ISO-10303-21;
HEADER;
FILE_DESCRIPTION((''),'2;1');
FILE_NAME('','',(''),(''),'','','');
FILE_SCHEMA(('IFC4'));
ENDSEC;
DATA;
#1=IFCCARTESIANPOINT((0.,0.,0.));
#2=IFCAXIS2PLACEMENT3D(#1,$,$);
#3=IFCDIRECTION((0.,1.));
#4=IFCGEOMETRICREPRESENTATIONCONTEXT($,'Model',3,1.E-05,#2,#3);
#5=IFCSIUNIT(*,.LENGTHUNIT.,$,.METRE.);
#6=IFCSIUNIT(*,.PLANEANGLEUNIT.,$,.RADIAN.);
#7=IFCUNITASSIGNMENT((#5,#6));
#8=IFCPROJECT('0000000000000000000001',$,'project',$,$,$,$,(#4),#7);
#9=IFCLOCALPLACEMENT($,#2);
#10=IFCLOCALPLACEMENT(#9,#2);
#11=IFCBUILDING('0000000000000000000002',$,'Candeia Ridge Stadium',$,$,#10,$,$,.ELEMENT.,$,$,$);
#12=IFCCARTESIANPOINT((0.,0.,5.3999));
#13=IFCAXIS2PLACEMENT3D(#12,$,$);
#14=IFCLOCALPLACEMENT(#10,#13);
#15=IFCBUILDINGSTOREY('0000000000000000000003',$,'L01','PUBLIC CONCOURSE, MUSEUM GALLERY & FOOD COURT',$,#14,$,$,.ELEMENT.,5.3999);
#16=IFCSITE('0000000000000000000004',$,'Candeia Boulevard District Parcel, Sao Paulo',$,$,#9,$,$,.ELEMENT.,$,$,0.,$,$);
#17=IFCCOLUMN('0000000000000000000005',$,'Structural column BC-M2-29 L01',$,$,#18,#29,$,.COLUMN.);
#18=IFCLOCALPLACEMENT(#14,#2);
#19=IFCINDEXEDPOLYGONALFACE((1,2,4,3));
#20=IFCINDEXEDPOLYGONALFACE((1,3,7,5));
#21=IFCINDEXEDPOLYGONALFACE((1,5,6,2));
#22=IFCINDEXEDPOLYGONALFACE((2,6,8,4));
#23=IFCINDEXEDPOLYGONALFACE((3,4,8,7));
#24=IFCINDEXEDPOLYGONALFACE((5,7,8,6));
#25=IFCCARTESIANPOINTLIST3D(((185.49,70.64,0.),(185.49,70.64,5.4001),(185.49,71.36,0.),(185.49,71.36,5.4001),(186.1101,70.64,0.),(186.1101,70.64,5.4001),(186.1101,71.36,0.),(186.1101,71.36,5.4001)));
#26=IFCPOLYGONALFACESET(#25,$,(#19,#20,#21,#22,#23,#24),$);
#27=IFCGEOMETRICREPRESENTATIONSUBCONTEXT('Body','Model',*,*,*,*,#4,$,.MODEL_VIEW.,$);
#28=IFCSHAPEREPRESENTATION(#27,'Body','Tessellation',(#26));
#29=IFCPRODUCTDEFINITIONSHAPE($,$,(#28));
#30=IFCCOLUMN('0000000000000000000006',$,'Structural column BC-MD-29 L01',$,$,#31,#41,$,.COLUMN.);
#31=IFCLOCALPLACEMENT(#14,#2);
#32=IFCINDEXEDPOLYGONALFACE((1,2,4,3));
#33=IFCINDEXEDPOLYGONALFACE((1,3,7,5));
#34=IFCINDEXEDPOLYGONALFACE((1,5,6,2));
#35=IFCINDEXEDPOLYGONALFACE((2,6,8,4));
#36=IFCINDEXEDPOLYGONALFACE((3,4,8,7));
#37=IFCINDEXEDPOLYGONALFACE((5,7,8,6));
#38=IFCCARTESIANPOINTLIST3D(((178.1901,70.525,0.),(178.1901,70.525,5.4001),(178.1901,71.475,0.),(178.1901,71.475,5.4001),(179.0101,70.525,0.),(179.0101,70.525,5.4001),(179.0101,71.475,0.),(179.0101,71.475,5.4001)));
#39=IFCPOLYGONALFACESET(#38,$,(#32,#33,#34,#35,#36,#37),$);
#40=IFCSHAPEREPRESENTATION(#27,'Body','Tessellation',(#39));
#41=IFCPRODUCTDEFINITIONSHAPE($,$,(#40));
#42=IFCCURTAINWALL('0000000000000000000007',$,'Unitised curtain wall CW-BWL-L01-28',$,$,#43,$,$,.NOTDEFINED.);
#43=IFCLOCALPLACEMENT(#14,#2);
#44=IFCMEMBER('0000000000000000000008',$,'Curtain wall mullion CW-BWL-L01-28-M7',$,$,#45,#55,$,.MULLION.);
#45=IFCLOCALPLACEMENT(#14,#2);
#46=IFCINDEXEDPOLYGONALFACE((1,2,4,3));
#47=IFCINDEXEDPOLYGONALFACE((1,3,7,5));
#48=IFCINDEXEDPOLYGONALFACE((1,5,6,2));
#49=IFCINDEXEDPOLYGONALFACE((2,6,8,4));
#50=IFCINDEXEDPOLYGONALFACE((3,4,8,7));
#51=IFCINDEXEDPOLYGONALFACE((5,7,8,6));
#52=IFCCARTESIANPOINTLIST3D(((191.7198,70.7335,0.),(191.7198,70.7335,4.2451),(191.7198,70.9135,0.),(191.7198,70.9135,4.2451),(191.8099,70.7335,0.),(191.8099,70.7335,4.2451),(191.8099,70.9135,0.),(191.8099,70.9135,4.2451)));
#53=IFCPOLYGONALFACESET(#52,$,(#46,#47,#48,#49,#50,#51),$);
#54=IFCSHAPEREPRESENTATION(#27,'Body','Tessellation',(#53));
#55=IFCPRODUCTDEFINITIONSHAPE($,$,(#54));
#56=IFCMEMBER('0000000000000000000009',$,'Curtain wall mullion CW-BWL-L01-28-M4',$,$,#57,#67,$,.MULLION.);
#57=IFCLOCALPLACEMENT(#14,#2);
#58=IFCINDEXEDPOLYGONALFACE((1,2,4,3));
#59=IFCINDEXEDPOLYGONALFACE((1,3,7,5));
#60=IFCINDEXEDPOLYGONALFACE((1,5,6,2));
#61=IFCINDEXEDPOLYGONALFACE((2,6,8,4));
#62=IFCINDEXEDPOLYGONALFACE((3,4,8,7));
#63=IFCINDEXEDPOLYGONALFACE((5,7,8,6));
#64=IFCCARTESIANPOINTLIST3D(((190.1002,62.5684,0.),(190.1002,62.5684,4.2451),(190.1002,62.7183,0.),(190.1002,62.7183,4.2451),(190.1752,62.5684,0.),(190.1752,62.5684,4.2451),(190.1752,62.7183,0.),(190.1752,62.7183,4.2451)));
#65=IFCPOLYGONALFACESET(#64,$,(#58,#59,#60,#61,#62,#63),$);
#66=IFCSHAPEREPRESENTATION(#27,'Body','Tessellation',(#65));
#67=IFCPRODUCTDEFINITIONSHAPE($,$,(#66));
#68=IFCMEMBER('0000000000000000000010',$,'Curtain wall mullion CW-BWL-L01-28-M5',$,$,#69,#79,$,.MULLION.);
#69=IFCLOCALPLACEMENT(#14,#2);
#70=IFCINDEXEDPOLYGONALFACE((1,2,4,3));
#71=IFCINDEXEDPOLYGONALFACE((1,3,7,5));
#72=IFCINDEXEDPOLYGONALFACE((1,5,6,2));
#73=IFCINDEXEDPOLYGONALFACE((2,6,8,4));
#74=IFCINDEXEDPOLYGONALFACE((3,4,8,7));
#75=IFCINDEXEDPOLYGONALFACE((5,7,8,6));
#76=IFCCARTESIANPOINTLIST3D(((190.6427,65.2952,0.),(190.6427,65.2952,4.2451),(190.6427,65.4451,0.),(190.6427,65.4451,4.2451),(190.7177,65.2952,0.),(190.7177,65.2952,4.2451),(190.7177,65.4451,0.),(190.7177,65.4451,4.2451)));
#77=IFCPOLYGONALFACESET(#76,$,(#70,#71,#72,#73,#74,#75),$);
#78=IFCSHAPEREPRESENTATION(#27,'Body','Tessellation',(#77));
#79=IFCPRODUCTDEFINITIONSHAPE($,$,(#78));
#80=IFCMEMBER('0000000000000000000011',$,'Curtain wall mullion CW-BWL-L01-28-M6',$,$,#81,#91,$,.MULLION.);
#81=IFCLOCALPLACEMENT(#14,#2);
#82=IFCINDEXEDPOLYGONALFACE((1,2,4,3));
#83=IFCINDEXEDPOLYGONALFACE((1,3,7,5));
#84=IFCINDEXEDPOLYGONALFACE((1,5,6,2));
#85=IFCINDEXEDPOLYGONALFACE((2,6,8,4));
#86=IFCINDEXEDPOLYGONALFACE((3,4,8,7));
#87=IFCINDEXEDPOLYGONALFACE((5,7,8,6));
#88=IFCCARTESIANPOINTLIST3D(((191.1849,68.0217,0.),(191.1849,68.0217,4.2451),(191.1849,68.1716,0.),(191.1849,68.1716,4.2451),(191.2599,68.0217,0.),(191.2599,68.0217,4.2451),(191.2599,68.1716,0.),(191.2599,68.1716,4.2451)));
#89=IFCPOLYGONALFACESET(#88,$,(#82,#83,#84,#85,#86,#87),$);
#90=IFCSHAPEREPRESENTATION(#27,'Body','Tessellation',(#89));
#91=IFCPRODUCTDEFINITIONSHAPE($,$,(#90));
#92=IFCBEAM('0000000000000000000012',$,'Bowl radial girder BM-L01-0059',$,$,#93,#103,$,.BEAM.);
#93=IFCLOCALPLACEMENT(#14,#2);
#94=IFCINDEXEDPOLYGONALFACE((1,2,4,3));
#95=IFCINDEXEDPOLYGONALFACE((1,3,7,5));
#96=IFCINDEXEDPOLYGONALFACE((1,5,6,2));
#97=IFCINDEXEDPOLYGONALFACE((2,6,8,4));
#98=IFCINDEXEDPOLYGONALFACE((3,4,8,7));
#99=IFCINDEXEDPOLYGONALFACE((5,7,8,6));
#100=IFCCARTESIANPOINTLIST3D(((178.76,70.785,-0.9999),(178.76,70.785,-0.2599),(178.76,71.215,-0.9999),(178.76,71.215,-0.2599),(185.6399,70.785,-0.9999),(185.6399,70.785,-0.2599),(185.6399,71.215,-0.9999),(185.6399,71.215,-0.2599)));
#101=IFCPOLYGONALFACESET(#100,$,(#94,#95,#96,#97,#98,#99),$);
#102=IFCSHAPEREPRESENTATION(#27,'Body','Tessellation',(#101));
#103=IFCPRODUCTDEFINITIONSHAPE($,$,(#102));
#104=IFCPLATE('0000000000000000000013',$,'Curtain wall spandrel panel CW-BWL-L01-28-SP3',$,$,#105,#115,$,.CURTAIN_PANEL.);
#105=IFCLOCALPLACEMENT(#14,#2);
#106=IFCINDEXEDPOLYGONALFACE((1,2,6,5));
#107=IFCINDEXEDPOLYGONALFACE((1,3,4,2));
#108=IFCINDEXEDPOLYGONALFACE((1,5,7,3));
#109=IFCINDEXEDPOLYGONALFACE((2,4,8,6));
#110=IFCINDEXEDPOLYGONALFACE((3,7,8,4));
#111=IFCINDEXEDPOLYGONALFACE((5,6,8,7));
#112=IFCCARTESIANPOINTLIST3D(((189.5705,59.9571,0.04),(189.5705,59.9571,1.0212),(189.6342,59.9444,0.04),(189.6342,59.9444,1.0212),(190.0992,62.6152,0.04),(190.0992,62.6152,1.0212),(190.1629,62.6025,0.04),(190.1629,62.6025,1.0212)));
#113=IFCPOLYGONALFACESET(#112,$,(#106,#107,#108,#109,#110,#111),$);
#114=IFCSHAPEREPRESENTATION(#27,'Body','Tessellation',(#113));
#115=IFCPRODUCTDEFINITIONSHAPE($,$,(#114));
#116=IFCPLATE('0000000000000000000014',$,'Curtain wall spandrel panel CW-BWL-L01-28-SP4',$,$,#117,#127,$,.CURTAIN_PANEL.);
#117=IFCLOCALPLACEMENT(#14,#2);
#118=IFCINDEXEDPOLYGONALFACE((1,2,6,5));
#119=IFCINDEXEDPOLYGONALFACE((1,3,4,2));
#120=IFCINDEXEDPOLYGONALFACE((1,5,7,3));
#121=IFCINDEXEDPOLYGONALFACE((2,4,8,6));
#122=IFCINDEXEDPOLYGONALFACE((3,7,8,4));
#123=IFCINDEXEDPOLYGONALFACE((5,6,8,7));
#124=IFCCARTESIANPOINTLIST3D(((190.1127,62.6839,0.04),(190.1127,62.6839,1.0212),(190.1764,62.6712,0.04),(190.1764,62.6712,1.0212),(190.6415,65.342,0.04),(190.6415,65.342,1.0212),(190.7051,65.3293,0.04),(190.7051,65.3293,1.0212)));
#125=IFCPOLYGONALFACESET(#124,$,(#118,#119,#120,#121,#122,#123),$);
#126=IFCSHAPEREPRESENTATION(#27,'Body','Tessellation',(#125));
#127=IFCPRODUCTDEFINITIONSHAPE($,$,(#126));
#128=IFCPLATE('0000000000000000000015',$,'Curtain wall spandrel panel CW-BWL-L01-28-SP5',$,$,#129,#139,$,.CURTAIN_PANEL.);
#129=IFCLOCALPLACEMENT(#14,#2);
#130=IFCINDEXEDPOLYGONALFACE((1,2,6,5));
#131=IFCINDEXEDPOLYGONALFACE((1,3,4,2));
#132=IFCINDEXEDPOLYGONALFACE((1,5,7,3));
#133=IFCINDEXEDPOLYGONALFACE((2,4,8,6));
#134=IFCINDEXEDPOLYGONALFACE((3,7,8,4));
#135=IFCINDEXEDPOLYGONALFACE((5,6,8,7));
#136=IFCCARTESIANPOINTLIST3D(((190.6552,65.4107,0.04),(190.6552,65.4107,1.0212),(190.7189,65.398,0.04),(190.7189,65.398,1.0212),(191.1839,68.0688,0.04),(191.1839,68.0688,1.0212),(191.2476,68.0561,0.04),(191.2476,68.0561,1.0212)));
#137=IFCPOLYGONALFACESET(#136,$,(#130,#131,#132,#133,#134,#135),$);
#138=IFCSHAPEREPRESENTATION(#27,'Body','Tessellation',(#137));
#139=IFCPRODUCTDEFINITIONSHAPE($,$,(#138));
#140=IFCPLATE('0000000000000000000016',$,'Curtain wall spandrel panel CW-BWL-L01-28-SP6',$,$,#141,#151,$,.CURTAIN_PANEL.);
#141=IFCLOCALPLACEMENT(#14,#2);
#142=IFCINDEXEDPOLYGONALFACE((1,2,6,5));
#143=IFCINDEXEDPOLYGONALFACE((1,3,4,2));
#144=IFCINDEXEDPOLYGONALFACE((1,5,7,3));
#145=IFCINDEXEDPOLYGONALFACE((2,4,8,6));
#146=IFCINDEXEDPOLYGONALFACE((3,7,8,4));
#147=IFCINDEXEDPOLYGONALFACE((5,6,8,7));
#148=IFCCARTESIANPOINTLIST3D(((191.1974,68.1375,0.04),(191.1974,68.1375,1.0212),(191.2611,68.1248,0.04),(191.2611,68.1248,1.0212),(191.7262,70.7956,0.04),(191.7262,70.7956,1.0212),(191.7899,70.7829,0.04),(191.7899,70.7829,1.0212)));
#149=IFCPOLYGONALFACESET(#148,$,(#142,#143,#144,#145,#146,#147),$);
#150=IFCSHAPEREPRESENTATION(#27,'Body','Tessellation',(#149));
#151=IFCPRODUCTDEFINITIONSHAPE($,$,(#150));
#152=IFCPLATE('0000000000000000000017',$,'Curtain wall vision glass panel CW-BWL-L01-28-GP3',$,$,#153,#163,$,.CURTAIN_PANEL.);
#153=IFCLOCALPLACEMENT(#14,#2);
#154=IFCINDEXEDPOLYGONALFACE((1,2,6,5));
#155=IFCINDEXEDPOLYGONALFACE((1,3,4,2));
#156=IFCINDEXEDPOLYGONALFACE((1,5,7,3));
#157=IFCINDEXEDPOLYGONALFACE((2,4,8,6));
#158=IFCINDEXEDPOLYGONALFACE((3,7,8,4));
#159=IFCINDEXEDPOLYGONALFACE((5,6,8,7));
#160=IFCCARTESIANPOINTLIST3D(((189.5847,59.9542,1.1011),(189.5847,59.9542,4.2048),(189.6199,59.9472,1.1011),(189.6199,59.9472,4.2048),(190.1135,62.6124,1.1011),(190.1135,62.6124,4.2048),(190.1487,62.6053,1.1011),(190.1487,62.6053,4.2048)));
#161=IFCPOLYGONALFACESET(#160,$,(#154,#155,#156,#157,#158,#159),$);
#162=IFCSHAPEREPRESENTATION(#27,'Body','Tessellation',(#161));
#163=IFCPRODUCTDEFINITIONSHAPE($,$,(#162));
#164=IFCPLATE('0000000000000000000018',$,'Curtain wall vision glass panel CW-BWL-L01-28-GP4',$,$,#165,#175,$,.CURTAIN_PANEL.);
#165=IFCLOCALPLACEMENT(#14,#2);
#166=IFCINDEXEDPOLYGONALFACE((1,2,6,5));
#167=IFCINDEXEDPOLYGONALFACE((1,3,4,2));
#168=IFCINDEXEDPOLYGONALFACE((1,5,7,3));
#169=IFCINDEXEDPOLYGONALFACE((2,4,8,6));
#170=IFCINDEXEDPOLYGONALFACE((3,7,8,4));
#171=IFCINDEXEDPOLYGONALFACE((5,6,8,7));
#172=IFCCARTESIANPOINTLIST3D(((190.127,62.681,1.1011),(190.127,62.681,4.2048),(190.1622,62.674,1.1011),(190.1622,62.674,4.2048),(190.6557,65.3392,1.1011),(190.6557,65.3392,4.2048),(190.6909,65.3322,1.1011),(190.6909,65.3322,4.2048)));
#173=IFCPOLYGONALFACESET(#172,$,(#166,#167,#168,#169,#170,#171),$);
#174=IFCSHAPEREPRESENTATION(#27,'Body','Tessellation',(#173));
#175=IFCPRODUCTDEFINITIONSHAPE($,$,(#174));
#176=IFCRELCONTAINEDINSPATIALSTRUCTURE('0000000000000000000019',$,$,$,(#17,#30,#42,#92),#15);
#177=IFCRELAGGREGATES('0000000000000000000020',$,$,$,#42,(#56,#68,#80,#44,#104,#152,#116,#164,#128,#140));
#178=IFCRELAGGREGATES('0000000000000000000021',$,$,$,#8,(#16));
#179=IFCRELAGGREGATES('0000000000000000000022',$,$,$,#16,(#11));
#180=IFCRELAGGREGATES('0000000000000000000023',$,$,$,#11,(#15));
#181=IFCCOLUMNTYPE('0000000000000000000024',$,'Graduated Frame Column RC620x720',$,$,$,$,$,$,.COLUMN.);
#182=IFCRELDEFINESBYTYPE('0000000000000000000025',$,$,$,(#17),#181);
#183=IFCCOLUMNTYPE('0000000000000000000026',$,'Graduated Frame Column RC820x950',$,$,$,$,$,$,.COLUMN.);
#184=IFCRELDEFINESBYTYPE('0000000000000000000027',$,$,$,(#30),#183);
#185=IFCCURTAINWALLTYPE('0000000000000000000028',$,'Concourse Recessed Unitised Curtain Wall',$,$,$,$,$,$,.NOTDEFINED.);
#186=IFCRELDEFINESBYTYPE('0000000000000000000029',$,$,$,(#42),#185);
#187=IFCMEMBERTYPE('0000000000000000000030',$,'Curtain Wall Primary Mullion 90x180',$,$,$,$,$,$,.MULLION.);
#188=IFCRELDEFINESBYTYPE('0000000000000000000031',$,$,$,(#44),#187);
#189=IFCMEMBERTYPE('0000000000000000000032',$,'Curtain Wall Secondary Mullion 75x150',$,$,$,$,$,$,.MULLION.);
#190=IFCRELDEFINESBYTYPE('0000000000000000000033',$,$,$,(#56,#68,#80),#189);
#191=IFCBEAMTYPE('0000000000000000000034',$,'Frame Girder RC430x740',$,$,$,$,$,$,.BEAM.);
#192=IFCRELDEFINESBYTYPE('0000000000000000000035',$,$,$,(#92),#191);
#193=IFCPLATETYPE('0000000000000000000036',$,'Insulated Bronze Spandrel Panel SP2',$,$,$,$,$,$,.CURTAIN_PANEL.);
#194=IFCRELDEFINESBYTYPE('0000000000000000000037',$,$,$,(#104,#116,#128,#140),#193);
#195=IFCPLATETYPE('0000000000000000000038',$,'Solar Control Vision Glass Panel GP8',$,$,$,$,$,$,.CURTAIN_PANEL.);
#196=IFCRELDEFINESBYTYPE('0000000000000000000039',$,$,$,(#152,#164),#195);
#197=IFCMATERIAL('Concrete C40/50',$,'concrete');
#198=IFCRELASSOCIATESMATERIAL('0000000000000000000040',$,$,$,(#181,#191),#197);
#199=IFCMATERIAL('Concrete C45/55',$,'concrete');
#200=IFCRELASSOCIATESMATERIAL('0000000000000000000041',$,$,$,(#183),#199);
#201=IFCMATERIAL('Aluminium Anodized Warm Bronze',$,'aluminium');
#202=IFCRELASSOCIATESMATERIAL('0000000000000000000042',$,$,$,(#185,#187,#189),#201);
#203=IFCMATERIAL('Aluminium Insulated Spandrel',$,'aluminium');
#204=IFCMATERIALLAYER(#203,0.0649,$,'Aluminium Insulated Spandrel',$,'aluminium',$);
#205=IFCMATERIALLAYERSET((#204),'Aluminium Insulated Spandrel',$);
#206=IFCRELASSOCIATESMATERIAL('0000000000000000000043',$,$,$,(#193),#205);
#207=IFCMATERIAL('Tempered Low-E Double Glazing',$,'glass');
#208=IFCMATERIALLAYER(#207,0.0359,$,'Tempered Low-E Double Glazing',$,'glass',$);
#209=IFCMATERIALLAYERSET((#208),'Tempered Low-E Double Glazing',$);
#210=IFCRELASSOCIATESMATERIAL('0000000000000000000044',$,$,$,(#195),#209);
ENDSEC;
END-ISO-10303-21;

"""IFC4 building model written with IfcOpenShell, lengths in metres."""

from ifc_helpers import new_model, si_unit, direction, frame, origin, origin_2d, place, context, subcontext, project, spatial, rectangle, extrude, material, layer, layer_set, material_profile, profile_set, type_object, element, aggregate, save


model = new_model("IFC4")

# Units and contexts
model_context = context("Model", 3, precision=1e-05, world=origin(), true_north=direction((0.0, 1.0)))
body_context = subcontext(model_context, "Body", "Model", "MODEL_VIEW")
ifc_project = project(units=[si_unit("LENGTHUNIT", "METRE"), si_unit("PLANEANGLEUNIT", "RADIAN")], contexts=[model_context])

# Site, building, storey
site_placement = place(None, origin())
site = spatial("IfcSite", under=ifc_project, at=site_placement, Name="Candeia Boulevard District Parcel, Sao Paulo", CompositionType="ELEMENT", RefElevation=0.0)
building_placement = place(site_placement, origin())
building = spatial("IfcBuilding", under=site, at=building_placement, Name="Candeia Ridge Stadium", CompositionType="ELEMENT")
storey_placement = place(building_placement, frame((0.0, 0.0, 5.3999)))
storey = spatial("IfcBuildingStorey", under=building, at=storey_placement, Name="L01", Description="PUBLIC CONCOURSE, MUSEUM GALLERY & FOOD COURT", CompositionType="ELEMENT", Elevation=5.3999)

# Columns
ifc_material_1 = material(Name="Concrete C40/50", Category="concrete")
ifc_material_profile_1 = material_profile(ifc_material_1, rectangle(XDim=0.6201, YDim=0.72, at=origin_2d()), Name="RC620x720", Category="concrete")
ifc_profile_set_1 = profile_set([ifc_material_profile_1], Name="Concrete C40/50")
column_type_1 = type_object("IfcColumnType", Name="Graduated Frame Column RC620x720", PredefinedType="COLUMN", material=ifc_profile_set_1)
column_1_placement = place(storey_placement, frame((185.8, 71.0, 0.0), z_axis=(0.0, 0.0, 1.0), x_axis=(1.0, 0.0, 0.0)))
element("IfcColumn", 1, at=column_1_placement, inside=storey, type_object=column_type_1, Name="Structural column BC-M2-29 L01", PredefinedType="COLUMN", context=body_context, shape_type="SweptSolid", body=[
    extrude(rectangle(XDim=0.6201, YDim=0.72, at=origin_2d()), origin(), (0.0, 0.0, 1.0), 5.4001),
])
ifc_material_2 = material(Name="Concrete C45/55", Category="concrete")
ifc_material_profile_2 = material_profile(ifc_material_2, rectangle(XDim=0.8201, YDim=0.95, at=origin_2d()), Name="RC820x950", Category="concrete")
ifc_profile_set_2 = profile_set([ifc_material_profile_2], Name="Concrete C45/55")
column_type_2 = type_object("IfcColumnType", Name="Graduated Frame Column RC820x950", PredefinedType="COLUMN", material=ifc_profile_set_2)
column_2_placement = place(storey_placement, frame((178.6001, 71.0, 0.0), z_axis=(0.0, 0.0, 1.0), x_axis=(1.0, 0.0, 0.0)))
element("IfcColumn", 2, at=column_2_placement, inside=storey, type_object=column_type_2, Name="Structural column BC-MD-29 L01", PredefinedType="COLUMN", context=body_context, shape_type="SweptSolid", body=[
    extrude(rectangle(XDim=0.8201, YDim=0.95, at=origin_2d()), origin(), (0.0, 0.0, 1.0), 5.4001),
])

# Curtain wall, members
ifc_material_3 = material(Name="Aluminium Anodized Warm Bronze", Category="aluminium")
curtain_wall_type = type_object("IfcCurtainWallType", Name="Concourse Recessed Unitised Curtain Wall", PredefinedType="NOTDEFINED", material=ifc_material_3)
curtain_wall_placement = place(storey_placement, origin())
curtain_wall = element("IfcCurtainWall", 3, at=curtain_wall_placement, inside=storey, type_object=curtain_wall_type, Name="Unitised curtain wall CW-BWL-L01-28", PredefinedType="NOTDEFINED")
ifc_material_profile_3 = material_profile(ifc_material_3, rectangle(XDim=0.0901, YDim=0.1799, at=origin_2d()), Name="CWM-90x180", Category="aluminium")
ifc_profile_set_3 = profile_set([ifc_material_profile_3], Name="Aluminium Anodized Warm Bronze")
member_type_1 = type_object("IfcMemberType", Name="Curtain Wall Primary Mullion 90x180", PredefinedType="MULLION", material=ifc_profile_set_3)
member_1_placement = place(storey_placement, frame((191.7649, 70.8235, 0.0), z_axis=(0.0, 0.0, 1.0), x_axis=(1.0, 0.0, 0.0)))
member_1 = element("IfcMember", 4, at=member_1_placement, type_object=member_type_1, Name="Curtain wall mullion CW-BWL-L01-28-M7", PredefinedType="MULLION", context=body_context, shape_type="SweptSolid", body=[
    extrude(rectangle(XDim=0.0901, YDim=0.1799, at=origin_2d()), origin(), (0.0, 0.0, 1.0), 4.2451),
])
ifc_material_profile_4 = material_profile(ifc_material_3, rectangle(XDim=0.075, YDim=0.1499, at=origin_2d()), Name="CWM-75x150", Category="aluminium")
ifc_profile_set_4 = profile_set([ifc_material_profile_4], Name="Aluminium Anodized Warm Bronze")
member_type_2 = type_object("IfcMemberType", Name="Curtain Wall Secondary Mullion 75x150", PredefinedType="MULLION", material=ifc_profile_set_4)
member_2_placement = place(storey_placement, frame((190.1377, 62.6433, 0.0), z_axis=(0.0, 0.0, 1.0), x_axis=(1.0, 0.0, 0.0)))
member_2 = element("IfcMember", 5, at=member_2_placement, type_object=member_type_2, Name="Curtain wall mullion CW-BWL-L01-28-M4", PredefinedType="MULLION", context=body_context, shape_type="SweptSolid", body=[
    extrude(rectangle(XDim=0.075, YDim=0.1499, at=origin_2d()), origin(), (0.0, 0.0, 1.0), 4.2451),
])
member_3_placement = place(storey_placement, frame((190.6802, 65.3701, 0.0), z_axis=(0.0, 0.0, 1.0), x_axis=(1.0, 0.0, 0.0)))
member_3 = element("IfcMember", 6, at=member_3_placement, type_object=member_type_2, Name="Curtain wall mullion CW-BWL-L01-28-M5", PredefinedType="MULLION", context=body_context, shape_type="SweptSolid", body=[
    extrude(rectangle(XDim=0.075, YDim=0.1499, at=origin_2d()), origin(), (0.0, 0.0, 1.0), 4.2451),
])
member_4_placement = place(storey_placement, frame((191.2224, 68.0967, 0.0), z_axis=(0.0, 0.0, 1.0), x_axis=(1.0, 0.0, 0.0)))
member_4 = element("IfcMember", 7, at=member_4_placement, type_object=member_type_2, Name="Curtain wall mullion CW-BWL-L01-28-M6", PredefinedType="MULLION", context=body_context, shape_type="SweptSolid", body=[
    extrude(rectangle(XDim=0.075, YDim=0.1499, at=origin_2d()), origin(), (0.0, 0.0, 1.0), 4.2451),
])

# Beam
ifc_material_profile_5 = material_profile(ifc_material_1, rectangle(XDim=0.4299, YDim=0.74, at=origin_2d()), Name="RC430x740", Category="concrete")
ifc_profile_set_5 = profile_set([ifc_material_profile_5], Name="Concrete C40/50")
beam_type = type_object("IfcBeamType", Name="Frame Girder RC430x740", PredefinedType="BEAM", material=ifc_profile_set_5)
beam_placement = place(storey_placement, frame((178.76, 71.0, -0.6299), z_axis=(1.0, 0.0, 0.0), x_axis=(0.0, 1.0, 0.0)))
element("IfcBeam", 8, at=beam_placement, inside=storey, type_object=beam_type, Name="Bowl radial girder BM-L01-0059", PredefinedType="BEAM", context=body_context, shape_type="SweptSolid", body=[
    extrude(rectangle(XDim=0.4299, YDim=0.74, at=origin_2d()), origin(), (0.0, 0.0, 1.0), 6.8799),
])

# Plates
ifc_material_4 = material(Name="Aluminium Insulated Spandrel", Category="aluminium")
ifc_layer_1 = layer(ifc_material_4, 0.0649, Name="Aluminium Insulated Spandrel", Category="aluminium")
ifc_layer_set_1 = layer_set([ifc_layer_1], Name="Aluminium Insulated Spandrel")
plate_type_1 = type_object("IfcPlateType", Name="Insulated Bronze Spandrel Panel SP2", PredefinedType="CURTAIN_PANEL", material=ifc_layer_set_1)
plate_1_placement = place(storey_placement, frame((189.8667, 61.2798, 0.04), z_axis=(0.0, 0.0, 1.0), x_axis=(0.19509, 0.980785, 0.0)))
plate_1 = element("IfcPlate", 9, at=plate_1_placement, type_object=plate_type_1, Name="Curtain wall spandrel panel CW-BWL-L01-28-SP3", PredefinedType="CURTAIN_PANEL", context=body_context, shape_type="SweptSolid", body=[
    extrude(rectangle(XDim=2.7102, YDim=0.0649, at=origin_2d()), origin(), (0.0, 0.0, 1.0), 0.9812),
])
plate_2_placement = place(storey_placement, frame((190.4089, 64.0066, 0.04), z_axis=(0.0, 0.0, 1.0), x_axis=(0.19509, 0.980785, 0.0)))
plate_2 = element("IfcPlate", 10, at=plate_2_placement, type_object=plate_type_1, Name="Curtain wall spandrel panel CW-BWL-L01-28-SP4", PredefinedType="CURTAIN_PANEL", context=body_context, shape_type="SweptSolid", body=[
    extrude(rectangle(XDim=2.7102, YDim=0.0649, at=origin_2d()), origin(), (0.0, 0.0, 1.0), 0.9812),
])
plate_3_placement = place(storey_placement, frame((190.9514, 66.7334, 0.04), z_axis=(0.0, 0.0, 1.0), x_axis=(0.19509, 0.980785, 0.0)))
plate_3 = element("IfcPlate", 11, at=plate_3_placement, type_object=plate_type_1, Name="Curtain wall spandrel panel CW-BWL-L01-28-SP5", PredefinedType="CURTAIN_PANEL", context=body_context, shape_type="SweptSolid", body=[
    extrude(rectangle(XDim=2.7102, YDim=0.0649, at=origin_2d()), origin(), (0.0, 0.0, 1.0), 0.9812),
])
plate_4_placement = place(storey_placement, frame((191.4937, 69.4602, 0.04), z_axis=(0.0, 0.0, 1.0), x_axis=(0.19509, 0.980785, 0.0)))
plate_4 = element("IfcPlate", 12, at=plate_4_placement, type_object=plate_type_1, Name="Curtain wall spandrel panel CW-BWL-L01-28-SP6", PredefinedType="CURTAIN_PANEL", context=body_context, shape_type="SweptSolid", body=[
    extrude(rectangle(XDim=2.7102, YDim=0.0649, at=origin_2d()), origin(), (0.0, 0.0, 1.0), 0.9812),
])
ifc_material_5 = material(Name="Tempered Low-E Double Glazing", Category="glass")
ifc_layer_2 = layer(ifc_material_5, 0.0359, Name="Tempered Low-E Double Glazing", Category="glass")
ifc_layer_set_2 = layer_set([ifc_layer_2], Name="Tempered Low-E Double Glazing")
plate_type_2 = type_object("IfcPlateType", Name="Solar Control Vision Glass Panel GP8", PredefinedType="CURTAIN_PANEL", material=ifc_layer_set_2)
plate_5_placement = place(storey_placement, frame((189.8667, 61.2798, 1.1011), z_axis=(0.0, 0.0, 1.0), x_axis=(0.19509, 0.980785, 0.0)))
plate_5 = element("IfcPlate", 13, at=plate_5_placement, type_object=plate_type_2, Name="Curtain wall vision glass panel CW-BWL-L01-28-GP3", PredefinedType="CURTAIN_PANEL", context=body_context, shape_type="SweptSolid", body=[
    extrude(rectangle(XDim=2.7102, YDim=0.0359, at=origin_2d()), origin(), (0.0, 0.0, 1.0), 3.1038),
])
plate_6_placement = place(storey_placement, frame((190.4089, 64.0066, 1.1011), z_axis=(0.0, 0.0, 1.0), x_axis=(0.19509, 0.980785, 0.0)))
plate_6 = element("IfcPlate", 14, at=plate_6_placement, type_object=plate_type_2, Name="Curtain wall vision glass panel CW-BWL-L01-28-GP4", PredefinedType="CURTAIN_PANEL", context=body_context, shape_type="SweptSolid", body=[
    extrude(rectangle(XDim=2.7102, YDim=0.0359, at=origin_2d()), origin(), (0.0, 0.0, 1.0), 3.1038),
])
aggregate(curtain_wall, [member_2, member_3, member_4, member_1, plate_1, plate_5, plate_2, plate_6, plate_3, plate_4])

save(model, "model.ifc")
